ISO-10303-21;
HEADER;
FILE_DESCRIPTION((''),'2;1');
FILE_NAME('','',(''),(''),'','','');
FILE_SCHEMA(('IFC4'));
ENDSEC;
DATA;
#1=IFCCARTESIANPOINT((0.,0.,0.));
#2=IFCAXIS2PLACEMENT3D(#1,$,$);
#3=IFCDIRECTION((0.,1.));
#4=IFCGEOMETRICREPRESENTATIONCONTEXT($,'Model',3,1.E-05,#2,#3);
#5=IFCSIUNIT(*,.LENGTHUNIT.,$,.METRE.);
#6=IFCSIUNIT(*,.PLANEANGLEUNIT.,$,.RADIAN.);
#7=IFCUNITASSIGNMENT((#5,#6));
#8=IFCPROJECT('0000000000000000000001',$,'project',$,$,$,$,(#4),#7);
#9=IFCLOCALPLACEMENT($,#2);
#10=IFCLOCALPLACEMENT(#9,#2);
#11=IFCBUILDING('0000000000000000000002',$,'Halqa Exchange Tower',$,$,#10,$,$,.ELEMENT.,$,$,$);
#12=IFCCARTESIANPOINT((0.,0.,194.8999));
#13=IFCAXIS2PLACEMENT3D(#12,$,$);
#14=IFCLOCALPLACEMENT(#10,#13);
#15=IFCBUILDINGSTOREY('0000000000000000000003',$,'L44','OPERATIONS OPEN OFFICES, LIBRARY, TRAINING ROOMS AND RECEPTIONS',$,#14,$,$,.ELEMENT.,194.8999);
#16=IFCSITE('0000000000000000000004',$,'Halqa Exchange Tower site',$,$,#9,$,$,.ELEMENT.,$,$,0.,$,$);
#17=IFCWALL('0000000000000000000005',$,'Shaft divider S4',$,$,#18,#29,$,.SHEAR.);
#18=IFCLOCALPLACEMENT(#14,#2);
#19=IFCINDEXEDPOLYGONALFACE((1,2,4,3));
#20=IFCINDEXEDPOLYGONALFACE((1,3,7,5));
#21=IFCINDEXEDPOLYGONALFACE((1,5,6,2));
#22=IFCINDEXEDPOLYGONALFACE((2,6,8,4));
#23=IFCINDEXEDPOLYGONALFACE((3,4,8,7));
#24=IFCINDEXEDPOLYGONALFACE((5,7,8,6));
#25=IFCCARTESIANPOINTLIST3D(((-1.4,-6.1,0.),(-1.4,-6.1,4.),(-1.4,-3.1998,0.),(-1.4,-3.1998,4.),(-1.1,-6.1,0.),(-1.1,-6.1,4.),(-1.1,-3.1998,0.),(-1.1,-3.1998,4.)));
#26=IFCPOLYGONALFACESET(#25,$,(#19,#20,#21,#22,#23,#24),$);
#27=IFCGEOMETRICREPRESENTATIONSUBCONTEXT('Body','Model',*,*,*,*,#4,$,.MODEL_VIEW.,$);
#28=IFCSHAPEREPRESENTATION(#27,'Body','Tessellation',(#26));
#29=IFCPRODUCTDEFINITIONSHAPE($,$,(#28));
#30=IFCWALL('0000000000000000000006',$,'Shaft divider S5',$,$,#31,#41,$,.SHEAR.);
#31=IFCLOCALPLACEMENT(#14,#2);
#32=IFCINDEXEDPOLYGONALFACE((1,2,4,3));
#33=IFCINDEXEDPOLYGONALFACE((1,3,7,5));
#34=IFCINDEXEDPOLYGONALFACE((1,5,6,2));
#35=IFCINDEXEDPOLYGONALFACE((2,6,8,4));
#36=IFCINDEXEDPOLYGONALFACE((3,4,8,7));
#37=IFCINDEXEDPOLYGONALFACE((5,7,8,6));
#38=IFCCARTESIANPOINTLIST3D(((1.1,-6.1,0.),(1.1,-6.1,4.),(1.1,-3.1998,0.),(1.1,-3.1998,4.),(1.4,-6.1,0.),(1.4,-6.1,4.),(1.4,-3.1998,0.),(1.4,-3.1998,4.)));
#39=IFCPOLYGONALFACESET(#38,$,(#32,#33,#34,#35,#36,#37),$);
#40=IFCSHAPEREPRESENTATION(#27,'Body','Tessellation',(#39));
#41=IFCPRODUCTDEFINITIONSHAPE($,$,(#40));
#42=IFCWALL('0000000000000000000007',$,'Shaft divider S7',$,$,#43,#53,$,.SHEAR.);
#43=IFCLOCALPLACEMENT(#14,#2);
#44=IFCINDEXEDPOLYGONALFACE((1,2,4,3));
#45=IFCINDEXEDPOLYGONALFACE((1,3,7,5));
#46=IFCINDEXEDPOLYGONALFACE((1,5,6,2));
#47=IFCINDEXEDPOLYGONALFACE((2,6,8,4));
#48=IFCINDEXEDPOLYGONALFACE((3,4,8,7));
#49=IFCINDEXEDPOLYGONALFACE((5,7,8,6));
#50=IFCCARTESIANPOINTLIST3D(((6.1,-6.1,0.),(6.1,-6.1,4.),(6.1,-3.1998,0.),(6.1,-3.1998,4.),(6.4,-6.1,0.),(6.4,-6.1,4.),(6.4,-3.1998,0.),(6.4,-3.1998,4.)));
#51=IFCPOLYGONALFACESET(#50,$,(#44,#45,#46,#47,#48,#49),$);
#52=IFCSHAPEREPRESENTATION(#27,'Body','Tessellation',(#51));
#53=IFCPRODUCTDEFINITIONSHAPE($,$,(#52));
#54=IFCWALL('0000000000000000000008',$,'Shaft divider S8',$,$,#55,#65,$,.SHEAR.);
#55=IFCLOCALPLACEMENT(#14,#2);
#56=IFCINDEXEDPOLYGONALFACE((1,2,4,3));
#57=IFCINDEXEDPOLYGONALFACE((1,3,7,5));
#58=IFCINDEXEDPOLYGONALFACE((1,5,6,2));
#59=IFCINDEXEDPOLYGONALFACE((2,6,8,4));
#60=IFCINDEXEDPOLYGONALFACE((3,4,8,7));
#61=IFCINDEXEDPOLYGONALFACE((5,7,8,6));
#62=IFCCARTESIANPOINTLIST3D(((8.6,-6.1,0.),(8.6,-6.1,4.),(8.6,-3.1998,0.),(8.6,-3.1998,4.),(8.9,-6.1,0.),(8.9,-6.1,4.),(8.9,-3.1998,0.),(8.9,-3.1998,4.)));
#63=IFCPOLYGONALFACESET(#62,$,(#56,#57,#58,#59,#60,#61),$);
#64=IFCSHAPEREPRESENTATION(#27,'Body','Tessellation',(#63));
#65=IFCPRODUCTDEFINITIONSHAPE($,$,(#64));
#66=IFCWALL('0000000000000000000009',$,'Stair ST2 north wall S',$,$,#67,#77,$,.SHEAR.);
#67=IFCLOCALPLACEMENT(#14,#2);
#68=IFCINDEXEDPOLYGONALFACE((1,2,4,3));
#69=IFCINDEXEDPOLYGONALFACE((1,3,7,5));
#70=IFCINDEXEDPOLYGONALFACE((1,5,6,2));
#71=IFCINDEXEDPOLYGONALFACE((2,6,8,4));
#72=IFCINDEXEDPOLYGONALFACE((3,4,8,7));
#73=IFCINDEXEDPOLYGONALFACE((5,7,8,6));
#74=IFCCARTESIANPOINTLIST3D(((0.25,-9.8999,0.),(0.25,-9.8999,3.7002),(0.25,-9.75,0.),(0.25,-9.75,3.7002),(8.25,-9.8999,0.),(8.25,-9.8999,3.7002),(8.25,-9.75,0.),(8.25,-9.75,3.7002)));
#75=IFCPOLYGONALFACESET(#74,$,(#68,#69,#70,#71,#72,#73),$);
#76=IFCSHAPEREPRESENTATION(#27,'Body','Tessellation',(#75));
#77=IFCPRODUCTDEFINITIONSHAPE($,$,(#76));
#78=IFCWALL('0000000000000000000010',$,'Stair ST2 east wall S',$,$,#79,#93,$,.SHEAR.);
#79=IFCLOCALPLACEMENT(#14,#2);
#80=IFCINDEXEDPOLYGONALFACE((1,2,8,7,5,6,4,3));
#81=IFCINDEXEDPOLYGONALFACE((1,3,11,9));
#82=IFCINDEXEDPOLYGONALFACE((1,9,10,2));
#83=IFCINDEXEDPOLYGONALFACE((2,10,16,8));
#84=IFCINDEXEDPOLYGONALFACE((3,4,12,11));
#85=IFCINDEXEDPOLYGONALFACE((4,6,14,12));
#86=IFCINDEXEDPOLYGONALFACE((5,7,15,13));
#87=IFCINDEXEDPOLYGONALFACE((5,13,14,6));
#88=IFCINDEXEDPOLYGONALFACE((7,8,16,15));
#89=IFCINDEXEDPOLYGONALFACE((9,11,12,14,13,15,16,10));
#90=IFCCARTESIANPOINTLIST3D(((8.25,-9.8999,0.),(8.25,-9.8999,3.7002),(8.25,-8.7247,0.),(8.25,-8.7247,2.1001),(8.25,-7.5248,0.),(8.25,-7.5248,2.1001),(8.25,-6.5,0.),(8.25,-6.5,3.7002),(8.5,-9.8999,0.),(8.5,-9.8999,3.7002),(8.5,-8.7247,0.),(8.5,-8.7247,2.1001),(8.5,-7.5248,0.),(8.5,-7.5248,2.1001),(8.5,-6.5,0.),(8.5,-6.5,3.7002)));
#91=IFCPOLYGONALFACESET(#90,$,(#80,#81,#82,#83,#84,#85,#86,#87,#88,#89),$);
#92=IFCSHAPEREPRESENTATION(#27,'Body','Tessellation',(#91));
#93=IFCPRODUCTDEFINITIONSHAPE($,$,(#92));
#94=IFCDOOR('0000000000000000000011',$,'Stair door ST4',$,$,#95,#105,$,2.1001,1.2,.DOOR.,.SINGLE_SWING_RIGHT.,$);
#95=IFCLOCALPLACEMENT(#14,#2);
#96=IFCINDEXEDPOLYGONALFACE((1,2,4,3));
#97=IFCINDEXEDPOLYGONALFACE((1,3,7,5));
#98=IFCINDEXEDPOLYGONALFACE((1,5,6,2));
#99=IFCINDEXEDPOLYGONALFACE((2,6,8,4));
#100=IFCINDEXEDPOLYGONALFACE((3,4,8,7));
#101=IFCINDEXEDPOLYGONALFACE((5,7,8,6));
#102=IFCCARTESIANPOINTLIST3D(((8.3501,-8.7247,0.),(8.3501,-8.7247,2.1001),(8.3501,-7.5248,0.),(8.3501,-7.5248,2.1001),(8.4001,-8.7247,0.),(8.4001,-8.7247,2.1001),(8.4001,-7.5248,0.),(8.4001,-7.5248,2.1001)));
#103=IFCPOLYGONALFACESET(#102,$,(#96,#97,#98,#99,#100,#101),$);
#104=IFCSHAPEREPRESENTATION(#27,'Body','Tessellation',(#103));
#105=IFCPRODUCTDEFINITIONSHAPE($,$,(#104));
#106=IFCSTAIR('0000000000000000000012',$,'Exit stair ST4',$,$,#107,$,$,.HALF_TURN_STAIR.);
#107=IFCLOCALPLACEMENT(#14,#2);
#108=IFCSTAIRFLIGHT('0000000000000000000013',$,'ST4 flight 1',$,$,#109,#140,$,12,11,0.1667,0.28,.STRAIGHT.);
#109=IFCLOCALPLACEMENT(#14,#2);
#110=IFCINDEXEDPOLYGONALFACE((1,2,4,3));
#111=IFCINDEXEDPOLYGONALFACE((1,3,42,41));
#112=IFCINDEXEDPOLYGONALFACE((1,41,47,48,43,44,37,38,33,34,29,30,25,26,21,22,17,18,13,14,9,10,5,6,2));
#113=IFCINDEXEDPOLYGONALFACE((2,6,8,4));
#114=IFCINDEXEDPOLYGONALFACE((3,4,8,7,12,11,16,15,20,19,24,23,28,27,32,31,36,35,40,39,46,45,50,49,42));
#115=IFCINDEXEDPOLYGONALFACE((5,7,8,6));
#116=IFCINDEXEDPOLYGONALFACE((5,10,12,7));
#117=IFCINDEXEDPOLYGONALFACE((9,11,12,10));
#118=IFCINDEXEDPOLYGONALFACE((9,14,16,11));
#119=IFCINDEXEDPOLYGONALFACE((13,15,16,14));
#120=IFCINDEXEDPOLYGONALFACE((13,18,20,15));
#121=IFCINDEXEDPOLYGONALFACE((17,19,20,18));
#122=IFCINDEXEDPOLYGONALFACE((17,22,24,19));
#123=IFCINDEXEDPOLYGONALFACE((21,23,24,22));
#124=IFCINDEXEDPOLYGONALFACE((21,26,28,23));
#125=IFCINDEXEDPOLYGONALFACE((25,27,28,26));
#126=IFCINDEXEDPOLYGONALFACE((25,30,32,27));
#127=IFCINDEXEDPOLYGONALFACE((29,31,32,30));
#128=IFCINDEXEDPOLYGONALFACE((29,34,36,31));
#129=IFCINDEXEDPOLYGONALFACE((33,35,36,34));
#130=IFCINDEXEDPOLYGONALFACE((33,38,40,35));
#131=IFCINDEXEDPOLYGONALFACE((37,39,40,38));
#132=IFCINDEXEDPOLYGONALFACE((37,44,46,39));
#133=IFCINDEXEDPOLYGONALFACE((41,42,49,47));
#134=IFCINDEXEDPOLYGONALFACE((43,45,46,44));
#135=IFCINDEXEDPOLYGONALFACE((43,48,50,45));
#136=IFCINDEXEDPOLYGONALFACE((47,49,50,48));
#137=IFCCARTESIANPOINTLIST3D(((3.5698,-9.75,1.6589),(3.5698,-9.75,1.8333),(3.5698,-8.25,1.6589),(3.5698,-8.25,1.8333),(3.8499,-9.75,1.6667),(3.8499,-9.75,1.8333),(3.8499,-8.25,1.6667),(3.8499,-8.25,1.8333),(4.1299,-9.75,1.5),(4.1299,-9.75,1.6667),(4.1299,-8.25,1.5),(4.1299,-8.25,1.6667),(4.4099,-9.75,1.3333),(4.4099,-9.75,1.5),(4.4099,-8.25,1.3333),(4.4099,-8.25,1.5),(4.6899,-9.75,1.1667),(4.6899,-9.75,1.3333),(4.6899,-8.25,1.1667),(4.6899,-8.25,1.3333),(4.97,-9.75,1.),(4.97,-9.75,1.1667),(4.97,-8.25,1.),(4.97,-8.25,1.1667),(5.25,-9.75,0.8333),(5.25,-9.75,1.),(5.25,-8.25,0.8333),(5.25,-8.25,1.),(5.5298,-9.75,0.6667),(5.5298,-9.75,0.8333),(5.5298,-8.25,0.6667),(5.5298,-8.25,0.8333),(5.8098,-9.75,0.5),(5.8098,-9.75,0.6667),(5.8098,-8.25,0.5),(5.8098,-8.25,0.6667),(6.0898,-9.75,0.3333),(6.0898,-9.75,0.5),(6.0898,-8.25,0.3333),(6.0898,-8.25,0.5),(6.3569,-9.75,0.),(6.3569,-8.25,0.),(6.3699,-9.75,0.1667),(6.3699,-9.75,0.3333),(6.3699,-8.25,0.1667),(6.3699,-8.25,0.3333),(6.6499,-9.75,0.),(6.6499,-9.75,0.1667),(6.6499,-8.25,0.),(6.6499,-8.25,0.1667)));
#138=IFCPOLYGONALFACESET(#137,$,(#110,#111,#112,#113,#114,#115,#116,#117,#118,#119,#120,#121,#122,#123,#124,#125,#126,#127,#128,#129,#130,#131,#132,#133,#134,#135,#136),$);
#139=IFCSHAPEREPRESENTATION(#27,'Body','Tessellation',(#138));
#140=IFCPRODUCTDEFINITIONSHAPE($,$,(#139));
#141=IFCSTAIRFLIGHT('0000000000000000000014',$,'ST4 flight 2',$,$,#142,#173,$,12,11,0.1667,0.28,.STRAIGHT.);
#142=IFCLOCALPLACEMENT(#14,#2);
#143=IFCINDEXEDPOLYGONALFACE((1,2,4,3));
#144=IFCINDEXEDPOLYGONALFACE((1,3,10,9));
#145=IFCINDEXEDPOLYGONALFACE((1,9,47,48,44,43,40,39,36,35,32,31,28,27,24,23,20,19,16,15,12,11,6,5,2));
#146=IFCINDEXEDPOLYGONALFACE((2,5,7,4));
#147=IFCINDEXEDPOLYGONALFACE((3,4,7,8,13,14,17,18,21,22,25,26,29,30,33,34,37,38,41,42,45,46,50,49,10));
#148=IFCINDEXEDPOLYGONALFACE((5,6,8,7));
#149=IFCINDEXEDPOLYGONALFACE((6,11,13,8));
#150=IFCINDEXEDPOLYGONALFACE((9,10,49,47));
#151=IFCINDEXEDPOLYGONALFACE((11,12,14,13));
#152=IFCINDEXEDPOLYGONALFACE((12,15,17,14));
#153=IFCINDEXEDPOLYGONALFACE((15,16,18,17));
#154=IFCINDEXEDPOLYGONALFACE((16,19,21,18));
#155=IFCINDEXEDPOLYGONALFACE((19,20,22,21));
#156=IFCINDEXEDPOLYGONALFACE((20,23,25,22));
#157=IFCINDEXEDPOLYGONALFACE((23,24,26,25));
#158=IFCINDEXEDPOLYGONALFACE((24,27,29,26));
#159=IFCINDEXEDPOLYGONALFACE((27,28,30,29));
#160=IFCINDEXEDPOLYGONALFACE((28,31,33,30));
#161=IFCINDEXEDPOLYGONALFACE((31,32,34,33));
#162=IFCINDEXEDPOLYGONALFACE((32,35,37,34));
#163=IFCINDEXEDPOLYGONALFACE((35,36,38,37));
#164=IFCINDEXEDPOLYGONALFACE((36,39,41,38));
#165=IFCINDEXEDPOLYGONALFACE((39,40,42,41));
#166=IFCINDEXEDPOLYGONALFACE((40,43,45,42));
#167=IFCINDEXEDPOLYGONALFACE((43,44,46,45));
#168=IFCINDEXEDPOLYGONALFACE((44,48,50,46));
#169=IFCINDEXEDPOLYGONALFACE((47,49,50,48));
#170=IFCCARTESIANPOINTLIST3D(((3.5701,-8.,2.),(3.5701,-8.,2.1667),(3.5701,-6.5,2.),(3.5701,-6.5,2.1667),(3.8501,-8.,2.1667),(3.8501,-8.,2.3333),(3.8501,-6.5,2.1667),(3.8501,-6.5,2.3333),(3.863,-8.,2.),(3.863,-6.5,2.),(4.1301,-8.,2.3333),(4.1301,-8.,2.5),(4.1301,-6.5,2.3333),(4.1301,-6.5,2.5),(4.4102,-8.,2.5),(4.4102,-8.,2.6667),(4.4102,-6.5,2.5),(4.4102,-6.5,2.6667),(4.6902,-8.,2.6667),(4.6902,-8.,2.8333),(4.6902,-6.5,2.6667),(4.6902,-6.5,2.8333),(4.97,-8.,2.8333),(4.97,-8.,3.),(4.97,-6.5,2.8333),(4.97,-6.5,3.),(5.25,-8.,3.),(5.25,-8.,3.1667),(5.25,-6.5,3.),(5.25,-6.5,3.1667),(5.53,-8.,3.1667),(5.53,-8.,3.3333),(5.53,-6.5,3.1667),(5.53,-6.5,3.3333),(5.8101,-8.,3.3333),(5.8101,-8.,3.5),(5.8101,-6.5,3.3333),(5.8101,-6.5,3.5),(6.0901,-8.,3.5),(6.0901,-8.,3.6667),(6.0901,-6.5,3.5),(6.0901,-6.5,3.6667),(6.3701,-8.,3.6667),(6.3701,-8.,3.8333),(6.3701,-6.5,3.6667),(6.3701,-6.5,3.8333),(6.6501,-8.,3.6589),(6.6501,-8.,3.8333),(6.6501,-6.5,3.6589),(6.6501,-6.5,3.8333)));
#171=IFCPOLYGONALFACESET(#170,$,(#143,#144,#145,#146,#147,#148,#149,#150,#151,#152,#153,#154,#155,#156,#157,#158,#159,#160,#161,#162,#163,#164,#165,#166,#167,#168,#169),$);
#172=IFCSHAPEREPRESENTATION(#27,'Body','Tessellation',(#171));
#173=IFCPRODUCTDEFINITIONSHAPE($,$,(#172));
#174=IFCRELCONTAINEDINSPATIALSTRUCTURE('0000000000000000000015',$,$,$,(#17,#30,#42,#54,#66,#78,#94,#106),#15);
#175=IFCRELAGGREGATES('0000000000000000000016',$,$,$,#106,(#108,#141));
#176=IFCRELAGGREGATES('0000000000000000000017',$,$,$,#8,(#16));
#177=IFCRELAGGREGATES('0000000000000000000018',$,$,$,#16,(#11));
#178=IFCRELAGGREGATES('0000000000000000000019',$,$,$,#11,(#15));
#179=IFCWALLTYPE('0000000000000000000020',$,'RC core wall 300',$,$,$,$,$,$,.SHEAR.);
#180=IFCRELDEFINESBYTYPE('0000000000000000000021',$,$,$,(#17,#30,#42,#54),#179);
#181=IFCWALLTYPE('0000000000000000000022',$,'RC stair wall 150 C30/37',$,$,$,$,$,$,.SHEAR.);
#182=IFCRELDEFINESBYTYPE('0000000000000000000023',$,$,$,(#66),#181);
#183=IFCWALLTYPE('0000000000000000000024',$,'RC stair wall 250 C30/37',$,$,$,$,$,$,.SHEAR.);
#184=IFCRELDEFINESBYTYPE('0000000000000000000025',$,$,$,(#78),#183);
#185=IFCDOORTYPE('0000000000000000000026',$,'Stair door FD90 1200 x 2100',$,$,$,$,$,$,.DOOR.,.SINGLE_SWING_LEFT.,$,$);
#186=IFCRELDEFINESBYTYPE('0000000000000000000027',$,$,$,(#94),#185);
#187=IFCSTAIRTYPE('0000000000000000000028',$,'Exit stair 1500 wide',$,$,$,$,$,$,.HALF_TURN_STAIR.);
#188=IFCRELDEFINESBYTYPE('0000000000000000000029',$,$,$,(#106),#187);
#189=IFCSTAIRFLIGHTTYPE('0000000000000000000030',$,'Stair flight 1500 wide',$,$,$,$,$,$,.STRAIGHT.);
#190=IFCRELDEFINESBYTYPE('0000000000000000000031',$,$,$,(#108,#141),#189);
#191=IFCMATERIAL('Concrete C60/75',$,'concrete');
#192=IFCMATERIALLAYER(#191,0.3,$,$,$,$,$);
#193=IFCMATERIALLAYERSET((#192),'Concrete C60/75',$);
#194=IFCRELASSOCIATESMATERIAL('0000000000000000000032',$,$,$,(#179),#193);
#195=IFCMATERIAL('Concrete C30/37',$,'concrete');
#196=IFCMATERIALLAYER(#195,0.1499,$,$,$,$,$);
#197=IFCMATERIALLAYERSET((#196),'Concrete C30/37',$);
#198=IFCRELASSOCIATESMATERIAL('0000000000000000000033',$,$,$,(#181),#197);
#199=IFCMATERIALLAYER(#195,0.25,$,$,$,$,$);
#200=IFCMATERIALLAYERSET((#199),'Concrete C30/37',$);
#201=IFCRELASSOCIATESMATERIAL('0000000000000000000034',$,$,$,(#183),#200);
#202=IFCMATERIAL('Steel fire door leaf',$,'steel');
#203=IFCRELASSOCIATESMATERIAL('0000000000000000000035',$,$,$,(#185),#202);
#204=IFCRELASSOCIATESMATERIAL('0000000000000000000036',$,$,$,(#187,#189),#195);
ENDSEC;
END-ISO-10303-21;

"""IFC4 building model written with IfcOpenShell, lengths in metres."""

from ifc_helpers import new_model, si_unit, direction, frame, frame_2d, origin, place, context, subcontext, project, spatial, polyline, rectangle, outline, extrude, material, layer, layer_set, type_object, element, fill, aggregate, save


model = new_model("IFC4")

# Units and contexts
model_context = context("Model", 3, precision=1e-05, world=origin(), true_north=direction((0.0, 1.0)))
body_context = subcontext(model_context, "Body", "Model", "MODEL_VIEW")
ifc_project = project(units=[si_unit("LENGTHUNIT", "METRE"), si_unit("PLANEANGLEUNIT", "RADIAN")], contexts=[model_context])

# Site, building, storey
site_placement = place(None, origin())
site = spatial("IfcSite", under=ifc_project, at=site_placement, Name="Halqa Exchange Tower site", CompositionType="ELEMENT", RefElevation=0.0)
building_placement = place(site_placement, origin())
building = spatial("IfcBuilding", under=site, at=building_placement, Name="Halqa Exchange Tower", CompositionType="ELEMENT")
storey_placement = place(building_placement, frame((0.0, 0.0, 194.8999)))
storey = spatial("IfcBuildingStorey", under=building, at=storey_placement, Name="L44", Description="OPERATIONS OPEN OFFICES, LIBRARY, TRAINING ROOMS AND RECEPTIONS", CompositionType="ELEMENT", Elevation=194.8999)

# Shared definitions
ifc_material_1 = material(Name="Concrete C60/75", Category="concrete")

# Walls
ifc_layer_1 = layer(ifc_material_1, 0.3)
ifc_layer_set_1 = layer_set([ifc_layer_1], Name="Concrete C60/75")
wall_type_1 = type_object("IfcWallType", Name="RC core wall 300", PredefinedType="SHEAR", material=ifc_layer_set_1)
for number, where, z_axis, x_axis, name in (
    (1, (-1.25, -6.1001, 0.0), (0.0, 0.0, 1.0), (0.0, 1.0, 0.0), "Shaft divider S4"),
    (2, (1.25, -6.1001, 0.0), (0.0, 0.0, 1.0), (0.0, 1.0, 0.0), "Shaft divider S5"),
    (3, (6.25, -6.1001, 0.0), (0.0, 0.0, 1.0), (0.0, 1.0, 0.0), "Shaft divider S7"),
    (4, (8.75, -6.1001, 0.0), (0.0, 0.0, 1.0), (0.0, 1.0, 0.0), "Shaft divider S8"),
):
    element("IfcWall", number, at=place(storey_placement, frame(where, z_axis=z_axis, x_axis=x_axis)), inside=storey, type_object=wall_type_1, Name=name, PredefinedType="SHEAR", context=body_context, shape_type="SweptSolid", body=[
        extrude(rectangle(XDim=2.9001, YDim=0.3, at=frame_2d((1.4502, 0.0))), origin(), (0.0, 0.0, 1.0), 4.0),
    ])
ifc_material_2 = material(Name="Concrete C30/37", Category="concrete")
ifc_layer_2 = layer(ifc_material_2, 0.1499)
ifc_layer_set_2 = layer_set([ifc_layer_2], Name="Concrete C30/37")
wall_type_2 = type_object("IfcWallType", Name="RC stair wall 150 C30/37", PredefinedType="SHEAR", material=ifc_layer_set_2)
wall_1_placement = place(storey_placement, frame((0.25, -9.825, 0.0), z_axis=(0.0, 0.0, 1.0), x_axis=(1.0, 0.0, 0.0)))
element("IfcWall", 5, at=wall_1_placement, inside=storey, type_object=wall_type_2, Name="Stair ST2 north wall S", PredefinedType="SHEAR", context=body_context, shape_type="SweptSolid", body=[
    extrude(rectangle(XDim=8.0, YDim=0.1499, at=frame_2d((4.0, 0.0))), origin(), (0.0, 0.0, 1.0), 3.7002),
])

# Wall, opening, door
ifc_layer_3 = layer(ifc_material_2, 0.25)
ifc_layer_set_3 = layer_set([ifc_layer_3], Name="Concrete C30/37")
wall_type_3 = type_object("IfcWallType", Name="RC stair wall 250 C30/37", PredefinedType="SHEAR", material=ifc_layer_set_3)
wall_2_placement = place(storey_placement, frame((8.375, -9.8999, 0.0), z_axis=(0.0, 0.0, 1.0), x_axis=(0.0, 1.0, 0.0)))
wall_2 = element("IfcWall", 6, at=wall_2_placement, inside=storey, type_object=wall_type_3, Name="Stair ST2 east wall S", PredefinedType="SHEAR", context=body_context, shape_type="SweptSolid", body=[
    extrude(rectangle(XDim=3.3999, YDim=0.25, at=frame_2d((1.7, 0.0))), origin(), (0.0, 0.0, 1.0), 3.7002),
])
opening_placement = place(wall_2_placement, frame((1.175, 0.0, 0.0)))
opening = element("IfcOpeningElement", 7, at=opening_placement, cuts=wall_2, PredefinedType="OPENING", context=body_context, shape_type="SweptSolid", body=[
    extrude(rectangle(XDim=1.2, YDim=2.1001, at=frame_2d((0.6001, 1.05))), frame((0.0, 0.137, 0.0), z_axis=(0.0, -1.0, 0.0), x_axis=(1.0, 0.0, 0.0)), (0.0, 0.0, 1.0), 0.2739),
])
ifc_material_3 = material(Name="Steel fire door leaf", Category="steel")
door_type = type_object("IfcDoorType", Name="Stair door FD90 1200 x 2100", OperationType="SINGLE_SWING_LEFT", PredefinedType="DOOR", material=ifc_material_3)
door_placement = place(opening_placement, origin())
door = element("IfcDoor", 8, at=door_placement, inside=storey, type_object=door_type, Name="Stair door ST4", OperationType="SINGLE_SWING_RIGHT", OverallHeight=2.1001, OverallWidth=1.2, PredefinedType="DOOR", context=body_context, shape_type="SweptSolid", body=[
    extrude(rectangle(XDim=1.2, YDim=2.1001, at=frame_2d((0.6001, 1.05))), frame((0.0, 0.0249, 0.0), z_axis=(0.0, -1.0, 0.0), x_axis=(1.0, 0.0, 0.0)), (0.0, 0.0, 1.0), 0.05),
])
fill(opening, door)

# Stair, stair flights
stair_type = type_object("IfcStairType", Name="Exit stair 1500 wide", PredefinedType="HALF_TURN_STAIR", material=ifc_material_2)
stair_placement = place(storey_placement, origin())
stair = element("IfcStair", 9, at=stair_placement, inside=storey, type_object=stair_type, Name="Exit stair ST4", PredefinedType="HALF_TURN_STAIR")
stair_flight_type = type_object("IfcStairFlightType", Name="Stair flight 1500 wide", PredefinedType="STRAIGHT", material=ifc_material_2)
stair_flight_1_placement = place(storey_placement, frame((6.6499, -9.0, 0.0), z_axis=(0.0, 0.0, 1.0), x_axis=(-1.0, 0.0, 0.0)))
stair_flight_1 = element("IfcStairFlight", 10, at=stair_flight_1_placement, type_object=stair_flight_type, Name="ST4 flight 1", NumberOfRisers=12, NumberOfTreads=11, PredefinedType="STRAIGHT", RiserHeight=0.1667, TreadLength=0.28, context=body_context, shape_type="SweptSolid", body=[
    extrude(outline(polyline([(0.0, 0.0), (0.0, 0.1667), (0.28, 0.1667), (0.28, 0.3333), (0.5601, 0.3333), (0.5601, 0.5), (0.8401, 0.5), (0.8401, 0.6667), (1.1201, 0.6667), (1.1201, 0.8333), (1.3999, 0.8333), (1.3999, 1.0), (1.6799, 1.0), (1.6799, 1.1667), (1.96, 1.1667), (1.96, 1.3333), (2.24, 1.3333), (2.24, 1.5), (2.52, 1.5), (2.52, 1.6667), (2.8, 1.6667), (2.8, 1.8333), (3.0801, 1.8333), (3.0801, 2.0), (3.0801, 1.6589), (0.293, 0.0), (0.0, 0.0)])), frame((0.0, 0.75, 0.0), z_axis=(0.0, -1.0, 0.0), x_axis=(1.0, 0.0, 0.0)), (0.0, 0.0, 1.0), 1.5),
])
stair_flight_2_placement = place(storey_placement, frame((3.5701, -7.25, 2.0), z_axis=(0.0, 0.0, 1.0), x_axis=(1.0, 0.0, 0.0)))
stair_flight_2 = element("IfcStairFlight", 11, at=stair_flight_2_placement, type_object=stair_flight_type, Name="ST4 flight 2", NumberOfRisers=12, NumberOfTreads=11, PredefinedType="STRAIGHT", RiserHeight=0.1667, TreadLength=0.28, context=body_context, shape_type="SweptSolid", body=[
    extrude(outline(polyline([(0.0, 0.0), (0.0, 0.1667), (0.28, 0.1667), (0.28, 0.3333), (0.5601, 0.3333), (0.5601, 0.5), (0.8401, 0.5), (0.8401, 0.6667), (1.1201, 0.6667), (1.1201, 0.8333), (1.3999, 0.8333), (1.3999, 1.0), (1.6799, 1.0), (1.6799, 1.1667), (1.96, 1.1667), (1.96, 1.3333), (2.24, 1.3333), (2.24, 1.5), (2.52, 1.5), (2.52, 1.6667), (2.8, 1.6667), (2.8, 1.8333), (3.0801, 1.8333), (3.0801, 2.0), (3.0801, 1.6589), (0.293, 0.0), (0.0, 0.0)])), frame((0.0, 0.75, 0.0), z_axis=(0.0, -1.0, 0.0), x_axis=(1.0, 0.0, 0.0)), (0.0, 0.0, 1.0), 1.5),
])
aggregate(stair, [stair_flight_1, stair_flight_2])

save(model, "model.ifc")
